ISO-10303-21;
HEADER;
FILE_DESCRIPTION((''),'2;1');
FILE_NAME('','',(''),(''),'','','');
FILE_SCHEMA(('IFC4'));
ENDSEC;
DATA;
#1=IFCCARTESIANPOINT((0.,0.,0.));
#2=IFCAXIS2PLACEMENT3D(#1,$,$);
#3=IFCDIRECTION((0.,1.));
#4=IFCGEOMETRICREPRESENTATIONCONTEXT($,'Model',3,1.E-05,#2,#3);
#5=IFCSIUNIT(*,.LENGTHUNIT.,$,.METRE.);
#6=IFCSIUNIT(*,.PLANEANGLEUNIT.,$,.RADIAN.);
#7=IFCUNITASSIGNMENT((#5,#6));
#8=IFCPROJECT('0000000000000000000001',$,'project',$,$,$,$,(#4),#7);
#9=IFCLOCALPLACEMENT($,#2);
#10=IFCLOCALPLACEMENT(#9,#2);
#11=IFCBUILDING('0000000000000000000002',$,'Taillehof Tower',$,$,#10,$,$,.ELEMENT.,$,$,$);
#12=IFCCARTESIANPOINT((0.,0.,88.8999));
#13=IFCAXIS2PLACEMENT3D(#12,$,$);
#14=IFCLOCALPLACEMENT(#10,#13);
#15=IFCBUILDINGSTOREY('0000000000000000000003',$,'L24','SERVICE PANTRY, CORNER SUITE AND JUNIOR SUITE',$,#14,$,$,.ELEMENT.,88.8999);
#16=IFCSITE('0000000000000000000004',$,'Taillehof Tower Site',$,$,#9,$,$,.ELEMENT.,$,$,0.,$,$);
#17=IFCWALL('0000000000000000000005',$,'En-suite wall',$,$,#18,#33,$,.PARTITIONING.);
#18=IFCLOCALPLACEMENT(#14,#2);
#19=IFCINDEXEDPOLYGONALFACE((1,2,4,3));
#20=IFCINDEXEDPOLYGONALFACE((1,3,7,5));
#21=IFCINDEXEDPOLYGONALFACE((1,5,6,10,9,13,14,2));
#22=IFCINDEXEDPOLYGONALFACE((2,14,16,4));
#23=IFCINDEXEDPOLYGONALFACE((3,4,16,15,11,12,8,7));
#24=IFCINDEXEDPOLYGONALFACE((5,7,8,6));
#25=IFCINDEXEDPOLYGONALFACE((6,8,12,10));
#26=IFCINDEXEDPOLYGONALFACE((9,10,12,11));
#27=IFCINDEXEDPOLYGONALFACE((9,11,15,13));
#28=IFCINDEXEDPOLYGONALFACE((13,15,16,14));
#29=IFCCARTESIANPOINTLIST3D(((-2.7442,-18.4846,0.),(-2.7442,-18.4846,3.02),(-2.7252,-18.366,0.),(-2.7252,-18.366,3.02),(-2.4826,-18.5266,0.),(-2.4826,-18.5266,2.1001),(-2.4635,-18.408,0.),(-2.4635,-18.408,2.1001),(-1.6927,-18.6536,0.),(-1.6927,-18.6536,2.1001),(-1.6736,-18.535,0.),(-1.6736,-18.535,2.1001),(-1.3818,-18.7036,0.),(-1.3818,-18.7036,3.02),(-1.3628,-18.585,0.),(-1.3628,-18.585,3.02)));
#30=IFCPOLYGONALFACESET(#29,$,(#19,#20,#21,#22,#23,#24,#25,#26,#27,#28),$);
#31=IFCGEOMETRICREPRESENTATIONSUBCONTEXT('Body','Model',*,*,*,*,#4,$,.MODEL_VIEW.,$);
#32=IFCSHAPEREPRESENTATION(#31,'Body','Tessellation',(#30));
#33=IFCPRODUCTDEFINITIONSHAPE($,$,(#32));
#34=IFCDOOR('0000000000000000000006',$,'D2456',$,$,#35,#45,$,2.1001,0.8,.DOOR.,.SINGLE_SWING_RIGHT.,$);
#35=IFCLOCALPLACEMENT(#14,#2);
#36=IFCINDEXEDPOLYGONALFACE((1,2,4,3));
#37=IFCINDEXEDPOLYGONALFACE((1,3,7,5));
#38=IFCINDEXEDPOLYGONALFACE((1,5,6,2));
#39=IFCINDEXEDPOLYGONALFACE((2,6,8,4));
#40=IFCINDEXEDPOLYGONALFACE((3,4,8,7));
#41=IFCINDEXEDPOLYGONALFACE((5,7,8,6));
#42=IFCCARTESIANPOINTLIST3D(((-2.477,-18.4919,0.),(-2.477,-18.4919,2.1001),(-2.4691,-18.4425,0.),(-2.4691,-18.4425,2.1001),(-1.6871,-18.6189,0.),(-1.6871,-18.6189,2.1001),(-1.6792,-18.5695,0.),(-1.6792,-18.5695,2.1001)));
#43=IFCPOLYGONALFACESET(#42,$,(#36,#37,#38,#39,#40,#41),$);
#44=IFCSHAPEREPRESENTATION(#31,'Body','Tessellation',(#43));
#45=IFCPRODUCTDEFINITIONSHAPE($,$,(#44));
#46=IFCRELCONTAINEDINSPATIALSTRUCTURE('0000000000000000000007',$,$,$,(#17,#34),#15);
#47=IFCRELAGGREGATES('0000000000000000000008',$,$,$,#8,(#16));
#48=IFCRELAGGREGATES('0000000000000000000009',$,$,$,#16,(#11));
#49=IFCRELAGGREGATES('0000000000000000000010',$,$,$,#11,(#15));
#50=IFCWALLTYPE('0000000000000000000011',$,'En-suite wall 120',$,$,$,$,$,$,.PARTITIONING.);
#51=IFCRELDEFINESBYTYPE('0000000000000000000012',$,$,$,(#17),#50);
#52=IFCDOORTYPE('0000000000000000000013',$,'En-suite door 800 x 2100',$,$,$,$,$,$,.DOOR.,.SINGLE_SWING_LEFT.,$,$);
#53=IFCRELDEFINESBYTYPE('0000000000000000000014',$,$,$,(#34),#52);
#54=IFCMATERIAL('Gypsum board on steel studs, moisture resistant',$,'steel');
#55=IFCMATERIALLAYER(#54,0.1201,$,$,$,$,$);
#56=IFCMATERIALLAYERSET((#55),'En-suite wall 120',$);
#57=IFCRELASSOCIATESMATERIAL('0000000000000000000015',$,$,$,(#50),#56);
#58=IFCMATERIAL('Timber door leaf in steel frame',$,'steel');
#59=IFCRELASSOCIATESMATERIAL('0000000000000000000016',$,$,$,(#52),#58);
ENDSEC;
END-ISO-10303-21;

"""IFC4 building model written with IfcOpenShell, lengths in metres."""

from ifc_helpers import new_model, si_unit, direction, frame, frame_2d, origin, place, context, subcontext, project, spatial, rectangle, extrude, material, layer, layer_set, type_object, element, fill, save


model = new_model("IFC4")

# Units and contexts
model_context = context("Model", 3, precision=1e-05, world=origin(), true_north=direction((0.0, 1.0)))
body_context = subcontext(model_context, "Body", "Model", "MODEL_VIEW")
ifc_project = project(units=[si_unit("LENGTHUNIT", "METRE"), si_unit("PLANEANGLEUNIT", "RADIAN")], contexts=[model_context])

# Site, building, storey
site_placement = place(None, origin())
site = spatial("IfcSite", under=ifc_project, at=site_placement, Name="Taillehof Tower Site", CompositionType="ELEMENT", RefElevation=0.0)
building_placement = place(site_placement, origin())
building = spatial("IfcBuilding", under=site, at=building_placement, Name="Taillehof Tower", CompositionType="ELEMENT")
storey_placement = place(building_placement, frame((0.0, 0.0, 88.8999)))
storey = spatial("IfcBuildingStorey", under=building, at=storey_placement, Name="L24", Description="SERVICE PANTRY, CORNER SUITE AND JUNIOR SUITE", CompositionType="ELEMENT", Elevation=88.8999)

# Shared definitions
ifc_material_1 = material(Name="Gypsum board on steel studs, moisture resistant", Category="steel")
ifc_layer_1 = layer(ifc_material_1, 0.1201)
ifc_layer_set_1 = layer_set([ifc_layer_1], Name="En-suite wall 120")
wall_type_1 = type_object("IfcWallType", Name="En-suite wall 120", PredefinedType="PARTITIONING", material=ifc_layer_set_1)

# Wall, opening, door
ifc_material_2 = material(Name="Timber door leaf in steel frame", Category="steel")
door_type = type_object("IfcDoorType", Name="En-suite door 800 x 2100", OperationType="SINGLE_SWING_LEFT", PredefinedType="DOOR", material=ifc_material_2)
wall_1_placement = place(storey_placement, frame((-1.3723, -18.6443, 0.0), z_axis=(0.0, 0.0, 1.0), x_axis=(-0.987324, 0.158715, 0.0)))
wall_1 = element("IfcWall", 1, at=wall_1_placement, inside=storey, type_object=wall_type_1, Name="En-suite wall", PredefinedType="PARTITIONING", context=body_context, shape_type="SweptSolid", body=[
    extrude(rectangle(XDim=1.3799, YDim=0.1201, at=frame_2d((0.6899, 0.0))), origin(), (0.0, 0.0, 1.0), 3.02),
])
opening_1_placement = place(wall_1_placement, frame((0.3149, 0.0, 0.0)))
opening_1 = element("IfcOpeningElement", 2, at=opening_1_placement, cuts=wall_1, PredefinedType="OPENING", context=body_context, shape_type="SweptSolid", body=[
    extrude(rectangle(XDim=0.8, YDim=2.1001, at=frame_2d((0.3999, 1.05))), frame((0.0, 0.0701, 0.0), z_axis=(0.0, -1.0, 0.0), x_axis=(1.0, 0.0, 0.0)), (0.0, 0.0, 1.0), 0.1401),
])
door_1_placement = place(opening_1_placement, origin())
door_1 = element("IfcDoor", 3, at=door_1_placement, inside=storey, type_object=door_type, Name="D2456", OperationType="SINGLE_SWING_RIGHT", OverallHeight=2.1001, OverallWidth=0.8, PredefinedType="DOOR", context=body_context, shape_type="SweptSolid", body=[
    extrude(rectangle(XDim=0.8, YDim=2.1001, at=frame_2d((0.3999, 1.05))), frame((0.0, 0.0249, 0.0), z_axis=(0.0, -1.0, 0.0), x_axis=(1.0, 0.0, 0.0)), (0.0, 0.0, 1.0), 0.05),
])
fill(opening_1, door_1)

save(model, "model.ifc")
